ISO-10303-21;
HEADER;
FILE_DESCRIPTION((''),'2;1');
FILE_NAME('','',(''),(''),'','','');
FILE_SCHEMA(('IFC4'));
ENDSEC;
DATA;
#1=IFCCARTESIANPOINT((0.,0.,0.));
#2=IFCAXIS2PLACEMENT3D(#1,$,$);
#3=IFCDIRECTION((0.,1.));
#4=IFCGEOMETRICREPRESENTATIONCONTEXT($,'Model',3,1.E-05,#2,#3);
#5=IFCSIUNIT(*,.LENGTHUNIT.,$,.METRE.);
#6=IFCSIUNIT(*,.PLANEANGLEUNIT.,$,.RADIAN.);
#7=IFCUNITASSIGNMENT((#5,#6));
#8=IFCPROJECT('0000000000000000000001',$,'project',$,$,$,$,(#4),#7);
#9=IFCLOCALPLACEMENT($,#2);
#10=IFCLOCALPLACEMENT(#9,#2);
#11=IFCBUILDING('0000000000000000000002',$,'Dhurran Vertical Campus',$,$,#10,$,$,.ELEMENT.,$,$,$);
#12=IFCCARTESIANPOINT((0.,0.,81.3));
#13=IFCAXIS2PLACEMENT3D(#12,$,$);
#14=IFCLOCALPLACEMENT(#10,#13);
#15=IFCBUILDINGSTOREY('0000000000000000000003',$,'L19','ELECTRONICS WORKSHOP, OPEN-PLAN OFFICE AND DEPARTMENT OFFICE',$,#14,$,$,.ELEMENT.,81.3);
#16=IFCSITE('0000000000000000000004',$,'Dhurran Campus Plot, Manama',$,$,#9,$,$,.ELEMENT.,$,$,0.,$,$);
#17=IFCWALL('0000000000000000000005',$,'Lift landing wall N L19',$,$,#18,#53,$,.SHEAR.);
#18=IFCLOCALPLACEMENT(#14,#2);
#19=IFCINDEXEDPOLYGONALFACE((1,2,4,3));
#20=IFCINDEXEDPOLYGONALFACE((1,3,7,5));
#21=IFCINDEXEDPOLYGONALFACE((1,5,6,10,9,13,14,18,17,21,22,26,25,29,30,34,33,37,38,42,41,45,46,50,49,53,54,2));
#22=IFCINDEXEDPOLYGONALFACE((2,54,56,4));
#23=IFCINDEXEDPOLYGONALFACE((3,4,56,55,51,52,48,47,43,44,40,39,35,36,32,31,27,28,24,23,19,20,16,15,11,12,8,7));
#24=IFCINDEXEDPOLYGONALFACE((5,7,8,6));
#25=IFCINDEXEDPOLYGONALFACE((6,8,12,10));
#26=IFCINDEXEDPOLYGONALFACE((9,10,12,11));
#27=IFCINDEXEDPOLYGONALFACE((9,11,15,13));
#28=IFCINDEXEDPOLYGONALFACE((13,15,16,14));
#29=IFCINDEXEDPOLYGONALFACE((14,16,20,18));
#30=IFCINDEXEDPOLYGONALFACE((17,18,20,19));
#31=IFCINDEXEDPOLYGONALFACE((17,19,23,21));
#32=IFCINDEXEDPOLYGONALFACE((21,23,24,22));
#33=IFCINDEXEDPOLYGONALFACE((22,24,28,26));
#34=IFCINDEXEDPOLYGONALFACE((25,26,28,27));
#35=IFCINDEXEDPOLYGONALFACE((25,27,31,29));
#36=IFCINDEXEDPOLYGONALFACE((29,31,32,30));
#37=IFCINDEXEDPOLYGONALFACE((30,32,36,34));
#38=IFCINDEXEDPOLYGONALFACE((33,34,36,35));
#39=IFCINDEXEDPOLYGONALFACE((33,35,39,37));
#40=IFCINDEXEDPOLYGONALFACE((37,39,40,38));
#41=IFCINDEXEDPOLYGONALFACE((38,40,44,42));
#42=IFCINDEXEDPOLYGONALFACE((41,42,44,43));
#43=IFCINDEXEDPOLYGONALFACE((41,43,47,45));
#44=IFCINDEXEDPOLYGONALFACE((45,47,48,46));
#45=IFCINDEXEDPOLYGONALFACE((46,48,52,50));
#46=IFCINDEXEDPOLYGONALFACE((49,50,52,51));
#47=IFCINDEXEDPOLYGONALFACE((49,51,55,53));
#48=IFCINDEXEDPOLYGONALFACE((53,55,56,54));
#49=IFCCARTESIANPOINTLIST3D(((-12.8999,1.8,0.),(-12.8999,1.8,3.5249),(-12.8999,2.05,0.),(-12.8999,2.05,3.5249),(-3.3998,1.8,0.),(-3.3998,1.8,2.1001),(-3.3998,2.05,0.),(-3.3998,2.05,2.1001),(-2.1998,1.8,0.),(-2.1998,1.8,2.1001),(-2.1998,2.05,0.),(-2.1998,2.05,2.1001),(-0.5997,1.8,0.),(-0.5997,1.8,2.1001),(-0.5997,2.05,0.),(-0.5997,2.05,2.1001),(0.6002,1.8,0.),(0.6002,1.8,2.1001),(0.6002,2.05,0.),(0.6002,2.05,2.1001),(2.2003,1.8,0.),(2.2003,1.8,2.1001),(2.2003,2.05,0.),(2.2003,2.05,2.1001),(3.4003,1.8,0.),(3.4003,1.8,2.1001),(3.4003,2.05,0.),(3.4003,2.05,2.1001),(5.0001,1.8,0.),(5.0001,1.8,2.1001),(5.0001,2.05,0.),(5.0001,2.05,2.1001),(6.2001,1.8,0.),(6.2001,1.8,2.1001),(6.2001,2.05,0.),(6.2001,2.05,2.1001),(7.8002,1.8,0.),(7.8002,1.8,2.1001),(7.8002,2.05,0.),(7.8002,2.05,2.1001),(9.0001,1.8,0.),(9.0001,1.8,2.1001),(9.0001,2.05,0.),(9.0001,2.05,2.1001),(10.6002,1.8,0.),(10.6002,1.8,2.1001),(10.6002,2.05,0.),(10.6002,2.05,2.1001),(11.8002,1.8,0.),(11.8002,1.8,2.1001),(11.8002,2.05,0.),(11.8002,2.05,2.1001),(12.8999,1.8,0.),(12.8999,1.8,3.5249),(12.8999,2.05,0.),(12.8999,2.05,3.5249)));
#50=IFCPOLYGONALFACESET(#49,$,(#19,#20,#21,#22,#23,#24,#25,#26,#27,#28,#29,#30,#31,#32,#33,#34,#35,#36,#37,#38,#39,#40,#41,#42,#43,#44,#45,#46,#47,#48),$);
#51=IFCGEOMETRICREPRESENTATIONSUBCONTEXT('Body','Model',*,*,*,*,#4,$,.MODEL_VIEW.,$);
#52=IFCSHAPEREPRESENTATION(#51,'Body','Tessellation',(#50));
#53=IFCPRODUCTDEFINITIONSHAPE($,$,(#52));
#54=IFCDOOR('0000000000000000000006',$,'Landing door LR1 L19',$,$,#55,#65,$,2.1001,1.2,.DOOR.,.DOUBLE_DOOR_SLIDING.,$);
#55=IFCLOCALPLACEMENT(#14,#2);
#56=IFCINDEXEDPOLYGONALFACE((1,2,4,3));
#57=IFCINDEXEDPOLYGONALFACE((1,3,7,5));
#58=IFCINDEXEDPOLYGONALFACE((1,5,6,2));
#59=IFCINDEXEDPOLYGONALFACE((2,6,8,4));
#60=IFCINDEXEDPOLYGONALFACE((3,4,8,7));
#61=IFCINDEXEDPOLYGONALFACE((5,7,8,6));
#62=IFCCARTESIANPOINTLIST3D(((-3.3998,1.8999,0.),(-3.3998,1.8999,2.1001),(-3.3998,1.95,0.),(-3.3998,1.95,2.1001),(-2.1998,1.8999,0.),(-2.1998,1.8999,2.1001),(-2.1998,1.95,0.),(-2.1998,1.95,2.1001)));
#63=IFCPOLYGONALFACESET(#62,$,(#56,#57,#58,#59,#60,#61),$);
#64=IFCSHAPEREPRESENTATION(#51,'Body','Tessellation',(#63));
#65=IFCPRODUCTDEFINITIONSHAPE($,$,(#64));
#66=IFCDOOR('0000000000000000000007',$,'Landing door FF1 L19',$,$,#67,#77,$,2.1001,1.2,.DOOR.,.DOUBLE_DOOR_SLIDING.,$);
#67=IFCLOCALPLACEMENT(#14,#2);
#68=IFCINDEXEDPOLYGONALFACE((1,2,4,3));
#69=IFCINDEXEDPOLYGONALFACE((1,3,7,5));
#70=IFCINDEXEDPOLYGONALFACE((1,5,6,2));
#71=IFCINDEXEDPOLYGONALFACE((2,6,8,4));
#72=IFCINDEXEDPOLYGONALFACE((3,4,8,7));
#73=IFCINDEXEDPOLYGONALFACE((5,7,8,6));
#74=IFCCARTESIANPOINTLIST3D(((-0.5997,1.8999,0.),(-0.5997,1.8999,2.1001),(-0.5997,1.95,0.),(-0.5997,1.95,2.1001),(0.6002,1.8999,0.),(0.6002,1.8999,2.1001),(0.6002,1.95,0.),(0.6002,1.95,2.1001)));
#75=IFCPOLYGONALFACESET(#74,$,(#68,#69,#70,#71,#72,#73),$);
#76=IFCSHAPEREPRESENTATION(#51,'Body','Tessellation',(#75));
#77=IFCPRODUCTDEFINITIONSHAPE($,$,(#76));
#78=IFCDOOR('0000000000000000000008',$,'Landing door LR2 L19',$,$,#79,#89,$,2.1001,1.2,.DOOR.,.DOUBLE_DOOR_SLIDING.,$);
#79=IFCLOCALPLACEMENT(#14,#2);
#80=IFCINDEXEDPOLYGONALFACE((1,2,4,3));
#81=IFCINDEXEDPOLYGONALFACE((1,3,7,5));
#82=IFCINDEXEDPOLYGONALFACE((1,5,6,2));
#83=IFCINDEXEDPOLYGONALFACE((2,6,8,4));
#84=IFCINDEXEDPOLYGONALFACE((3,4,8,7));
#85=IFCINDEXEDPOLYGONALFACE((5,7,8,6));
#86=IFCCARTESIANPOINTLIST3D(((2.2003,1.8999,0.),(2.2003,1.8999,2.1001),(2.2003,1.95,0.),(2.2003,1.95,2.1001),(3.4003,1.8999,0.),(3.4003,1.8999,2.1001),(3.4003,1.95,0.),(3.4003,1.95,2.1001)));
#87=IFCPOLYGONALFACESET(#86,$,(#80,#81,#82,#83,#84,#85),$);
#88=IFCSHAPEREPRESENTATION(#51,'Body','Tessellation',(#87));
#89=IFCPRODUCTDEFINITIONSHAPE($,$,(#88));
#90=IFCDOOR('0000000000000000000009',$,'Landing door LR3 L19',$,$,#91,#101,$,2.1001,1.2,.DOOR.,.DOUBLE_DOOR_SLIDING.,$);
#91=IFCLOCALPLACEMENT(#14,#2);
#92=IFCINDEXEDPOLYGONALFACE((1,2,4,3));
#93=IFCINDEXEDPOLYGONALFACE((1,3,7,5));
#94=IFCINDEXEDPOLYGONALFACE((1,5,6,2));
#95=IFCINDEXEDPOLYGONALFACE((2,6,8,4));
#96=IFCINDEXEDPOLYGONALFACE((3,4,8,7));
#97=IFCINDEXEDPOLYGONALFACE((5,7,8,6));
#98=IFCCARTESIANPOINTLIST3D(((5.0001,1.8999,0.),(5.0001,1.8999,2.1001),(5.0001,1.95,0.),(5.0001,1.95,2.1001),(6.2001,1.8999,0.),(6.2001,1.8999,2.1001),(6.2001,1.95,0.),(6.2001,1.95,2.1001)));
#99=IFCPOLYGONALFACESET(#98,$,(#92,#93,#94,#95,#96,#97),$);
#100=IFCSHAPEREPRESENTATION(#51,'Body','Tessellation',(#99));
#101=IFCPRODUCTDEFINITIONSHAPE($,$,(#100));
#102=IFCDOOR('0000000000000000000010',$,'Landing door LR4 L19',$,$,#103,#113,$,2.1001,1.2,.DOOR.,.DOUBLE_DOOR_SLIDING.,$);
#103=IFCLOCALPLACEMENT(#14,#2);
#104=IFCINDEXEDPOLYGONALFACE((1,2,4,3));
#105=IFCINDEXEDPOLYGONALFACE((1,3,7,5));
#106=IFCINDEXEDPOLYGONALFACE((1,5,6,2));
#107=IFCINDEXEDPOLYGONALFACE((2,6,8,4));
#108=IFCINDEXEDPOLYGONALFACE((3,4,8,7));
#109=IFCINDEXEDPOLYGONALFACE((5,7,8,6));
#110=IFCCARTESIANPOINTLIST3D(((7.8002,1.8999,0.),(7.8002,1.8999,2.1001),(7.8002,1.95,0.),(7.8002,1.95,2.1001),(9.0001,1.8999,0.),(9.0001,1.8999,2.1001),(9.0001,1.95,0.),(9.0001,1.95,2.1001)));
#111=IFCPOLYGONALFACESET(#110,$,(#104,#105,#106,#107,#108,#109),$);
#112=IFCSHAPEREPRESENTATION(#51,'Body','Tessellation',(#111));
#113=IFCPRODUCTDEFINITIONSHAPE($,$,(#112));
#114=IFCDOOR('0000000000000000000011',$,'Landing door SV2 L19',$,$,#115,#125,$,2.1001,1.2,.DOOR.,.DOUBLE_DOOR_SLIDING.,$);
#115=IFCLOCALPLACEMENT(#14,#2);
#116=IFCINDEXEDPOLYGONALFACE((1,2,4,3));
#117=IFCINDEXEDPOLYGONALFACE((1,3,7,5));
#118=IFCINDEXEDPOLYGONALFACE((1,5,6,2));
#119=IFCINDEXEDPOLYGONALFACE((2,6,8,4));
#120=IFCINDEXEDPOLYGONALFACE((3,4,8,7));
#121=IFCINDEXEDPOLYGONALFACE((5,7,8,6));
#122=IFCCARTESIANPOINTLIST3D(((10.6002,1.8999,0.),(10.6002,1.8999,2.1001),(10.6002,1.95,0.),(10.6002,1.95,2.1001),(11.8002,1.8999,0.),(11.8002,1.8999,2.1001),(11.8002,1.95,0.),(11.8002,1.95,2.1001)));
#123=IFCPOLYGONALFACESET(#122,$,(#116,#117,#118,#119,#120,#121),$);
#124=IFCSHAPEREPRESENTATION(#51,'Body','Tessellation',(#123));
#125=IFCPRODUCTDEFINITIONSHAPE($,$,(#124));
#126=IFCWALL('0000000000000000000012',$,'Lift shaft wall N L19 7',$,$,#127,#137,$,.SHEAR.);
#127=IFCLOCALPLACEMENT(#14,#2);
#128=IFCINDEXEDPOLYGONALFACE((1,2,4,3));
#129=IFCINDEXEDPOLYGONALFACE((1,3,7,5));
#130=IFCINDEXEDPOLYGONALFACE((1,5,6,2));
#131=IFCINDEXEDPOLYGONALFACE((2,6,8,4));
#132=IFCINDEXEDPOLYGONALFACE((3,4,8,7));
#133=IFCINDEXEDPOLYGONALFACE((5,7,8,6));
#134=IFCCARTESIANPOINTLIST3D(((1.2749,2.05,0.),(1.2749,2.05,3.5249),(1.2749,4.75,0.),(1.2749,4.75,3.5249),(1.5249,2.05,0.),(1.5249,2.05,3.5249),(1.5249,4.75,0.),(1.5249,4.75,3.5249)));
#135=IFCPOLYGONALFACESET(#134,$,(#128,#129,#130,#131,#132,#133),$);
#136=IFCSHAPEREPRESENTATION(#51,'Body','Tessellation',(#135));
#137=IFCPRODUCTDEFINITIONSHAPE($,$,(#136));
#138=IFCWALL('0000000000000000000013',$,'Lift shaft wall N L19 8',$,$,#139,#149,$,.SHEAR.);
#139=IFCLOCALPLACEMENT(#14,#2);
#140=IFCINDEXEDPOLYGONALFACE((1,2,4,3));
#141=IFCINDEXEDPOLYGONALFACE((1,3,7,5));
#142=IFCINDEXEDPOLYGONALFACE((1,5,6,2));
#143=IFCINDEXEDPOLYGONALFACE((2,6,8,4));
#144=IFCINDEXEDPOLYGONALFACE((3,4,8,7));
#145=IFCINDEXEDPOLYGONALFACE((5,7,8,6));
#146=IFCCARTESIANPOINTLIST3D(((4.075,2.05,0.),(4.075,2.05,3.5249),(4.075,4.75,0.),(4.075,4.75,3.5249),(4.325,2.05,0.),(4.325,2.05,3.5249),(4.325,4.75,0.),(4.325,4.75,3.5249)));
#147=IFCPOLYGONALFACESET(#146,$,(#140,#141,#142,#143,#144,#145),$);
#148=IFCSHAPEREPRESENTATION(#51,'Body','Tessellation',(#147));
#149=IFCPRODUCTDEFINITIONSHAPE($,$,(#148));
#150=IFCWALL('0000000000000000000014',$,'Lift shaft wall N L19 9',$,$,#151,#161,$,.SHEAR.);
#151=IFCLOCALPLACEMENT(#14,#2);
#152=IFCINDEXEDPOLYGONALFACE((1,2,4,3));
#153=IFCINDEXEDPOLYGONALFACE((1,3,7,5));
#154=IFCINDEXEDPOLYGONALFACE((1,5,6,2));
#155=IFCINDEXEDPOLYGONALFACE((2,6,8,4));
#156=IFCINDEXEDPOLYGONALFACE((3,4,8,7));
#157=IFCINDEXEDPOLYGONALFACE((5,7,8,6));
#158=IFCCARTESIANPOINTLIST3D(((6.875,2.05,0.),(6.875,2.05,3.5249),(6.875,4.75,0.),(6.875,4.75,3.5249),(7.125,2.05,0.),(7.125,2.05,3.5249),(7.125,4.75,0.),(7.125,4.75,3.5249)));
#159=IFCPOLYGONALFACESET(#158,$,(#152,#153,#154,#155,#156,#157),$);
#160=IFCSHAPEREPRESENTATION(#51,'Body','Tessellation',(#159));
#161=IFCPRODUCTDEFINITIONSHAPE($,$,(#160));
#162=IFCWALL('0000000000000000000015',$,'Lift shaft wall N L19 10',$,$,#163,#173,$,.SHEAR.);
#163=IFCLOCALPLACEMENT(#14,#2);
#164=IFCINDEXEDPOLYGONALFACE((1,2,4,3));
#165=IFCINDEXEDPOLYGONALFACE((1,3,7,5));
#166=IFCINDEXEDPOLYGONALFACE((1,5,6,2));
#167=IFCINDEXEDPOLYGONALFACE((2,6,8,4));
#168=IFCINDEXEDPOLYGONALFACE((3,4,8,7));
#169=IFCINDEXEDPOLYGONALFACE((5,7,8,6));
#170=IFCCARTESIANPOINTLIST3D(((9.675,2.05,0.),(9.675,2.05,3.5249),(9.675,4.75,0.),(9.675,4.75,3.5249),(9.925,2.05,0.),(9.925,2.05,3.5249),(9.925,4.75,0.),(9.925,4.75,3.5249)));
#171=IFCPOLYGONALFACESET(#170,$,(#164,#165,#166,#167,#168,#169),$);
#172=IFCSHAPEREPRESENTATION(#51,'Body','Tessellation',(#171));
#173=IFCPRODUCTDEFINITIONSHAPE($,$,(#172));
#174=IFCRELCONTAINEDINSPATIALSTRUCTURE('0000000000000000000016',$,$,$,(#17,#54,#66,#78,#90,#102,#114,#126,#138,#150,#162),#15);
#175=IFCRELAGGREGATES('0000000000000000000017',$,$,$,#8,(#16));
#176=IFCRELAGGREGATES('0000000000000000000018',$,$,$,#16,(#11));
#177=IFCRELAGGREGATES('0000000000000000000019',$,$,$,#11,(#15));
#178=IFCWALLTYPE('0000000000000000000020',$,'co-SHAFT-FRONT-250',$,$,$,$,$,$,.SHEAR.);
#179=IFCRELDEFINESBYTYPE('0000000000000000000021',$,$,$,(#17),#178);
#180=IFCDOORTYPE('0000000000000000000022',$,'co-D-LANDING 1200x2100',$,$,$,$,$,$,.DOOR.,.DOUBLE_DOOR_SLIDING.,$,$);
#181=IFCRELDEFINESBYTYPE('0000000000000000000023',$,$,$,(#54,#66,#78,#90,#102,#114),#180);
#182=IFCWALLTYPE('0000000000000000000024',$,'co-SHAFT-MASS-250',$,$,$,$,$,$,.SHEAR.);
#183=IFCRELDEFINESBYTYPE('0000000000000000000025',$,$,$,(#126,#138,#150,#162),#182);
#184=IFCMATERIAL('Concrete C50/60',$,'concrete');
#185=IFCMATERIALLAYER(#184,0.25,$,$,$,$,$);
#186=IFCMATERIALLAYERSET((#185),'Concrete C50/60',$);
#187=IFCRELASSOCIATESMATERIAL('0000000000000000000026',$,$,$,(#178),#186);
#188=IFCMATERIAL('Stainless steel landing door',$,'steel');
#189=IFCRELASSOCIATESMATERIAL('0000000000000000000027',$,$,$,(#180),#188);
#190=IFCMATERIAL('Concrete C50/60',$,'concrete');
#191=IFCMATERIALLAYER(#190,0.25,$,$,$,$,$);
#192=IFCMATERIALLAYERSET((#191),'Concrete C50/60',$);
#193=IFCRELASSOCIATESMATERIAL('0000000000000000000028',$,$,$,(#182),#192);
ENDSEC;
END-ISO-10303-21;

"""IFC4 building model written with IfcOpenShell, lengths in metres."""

from ifc_helpers import new_model, si_unit, direction, frame, frame_2d, origin, place, context, subcontext, project, spatial, polyline, rectangle, outline, extrude, material, layer, layer_set, type_object, element, fill, save


model = new_model("IFC4")

# Units and contexts
model_context = context("Model", 3, precision=1e-05, world=origin(), true_north=direction((0.0, 1.0)))
body_context = subcontext(model_context, "Body", "Model", "MODEL_VIEW")
ifc_project = project(units=[si_unit("LENGTHUNIT", "METRE"), si_unit("PLANEANGLEUNIT", "RADIAN")], contexts=[model_context])

# Site, building, storey
site_placement = place(None, origin())
site = spatial("IfcSite", under=ifc_project, at=site_placement, Name="Dhurran Campus Plot, Manama", CompositionType="ELEMENT", RefElevation=0.0)
building_placement = place(site_placement, origin())
building = spatial("IfcBuilding", under=site, at=building_placement, Name="Dhurran Vertical Campus", CompositionType="ELEMENT")
storey_placement = place(building_placement, frame((0.0, 0.0, 81.3)))
storey = spatial("IfcBuildingStorey", under=building, at=storey_placement, Name="L19", Description="ELECTRONICS WORKSHOP, OPEN-PLAN OFFICE AND DEPARTMENT OFFICE", CompositionType="ELEMENT", Elevation=81.3)

# Wall, openings, doors
ifc_material_1 = material(Name="Concrete C50/60", Category="concrete")
ifc_layer_1 = layer(ifc_material_1, 0.25)
ifc_layer_set_1 = layer_set([ifc_layer_1], Name="Concrete C50/60")
wall_type_1 = type_object("IfcWallType", Name="co-SHAFT-FRONT-250", PredefinedType="SHEAR", material=ifc_layer_set_1)
wall_1_placement = place(storey_placement, frame((-12.8999, 1.925, 0.0), z_axis=(0.0, 0.0, 1.0), x_axis=(1.0, 0.0, 0.0)))
wall_1 = element("IfcWall", 1, at=wall_1_placement, inside=storey, type_object=wall_type_1, Name="Lift landing wall N L19", PredefinedType="SHEAR", context=body_context, shape_type="SweptSolid", body=[
    extrude(rectangle(XDim=25.7998, YDim=0.25, at=frame_2d((12.8999, 0.0))), origin(), (0.0, 0.0, 1.0), 3.5249),
])
opening_1_placement = place(wall_1_placement, frame((9.5, 0.0, 0.0)))
opening_1 = element("IfcOpeningElement", 2, at=opening_1_placement, cuts=wall_1, PredefinedType="OPENING", context=body_context, shape_type="SweptSolid", body=[
    extrude(rectangle(XDim=1.2, YDim=2.1001, at=frame_2d((0.6001, 1.05))), frame((0.0, 0.135, 0.0), z_axis=(0.0, -1.0, 0.0), x_axis=(1.0, 0.0, 0.0)), (0.0, 0.0, 1.0), 0.27),
])
opening_2_placement = place(wall_1_placement, frame((12.3, 0.0, 0.0)))
opening_2 = element("IfcOpeningElement", 3, at=opening_2_placement, cuts=wall_1, PredefinedType="OPENING", context=body_context, shape_type="SweptSolid", body=[
    extrude(rectangle(XDim=1.2, YDim=2.1001, at=frame_2d((0.6001, 1.05))), frame((0.0, 0.135, 0.0), z_axis=(0.0, -1.0, 0.0), x_axis=(1.0, 0.0, 0.0)), (0.0, 0.0, 1.0), 0.27),
])
opening_3_placement = place(wall_1_placement, frame((15.1001, 0.0, 0.0)))
opening_3 = element("IfcOpeningElement", 4, at=opening_3_placement, cuts=wall_1, PredefinedType="OPENING", context=body_context, shape_type="SweptSolid", body=[
    extrude(rectangle(XDim=1.2, YDim=2.1001, at=frame_2d((0.6001, 1.05))), frame((0.0, 0.135, 0.0), z_axis=(0.0, -1.0, 0.0), x_axis=(1.0, 0.0, 0.0)), (0.0, 0.0, 1.0), 0.27),
])
opening_4_placement = place(wall_1_placement, frame((17.8999, 0.0, 0.0)))
opening_4 = element("IfcOpeningElement", 5, at=opening_4_placement, cuts=wall_1, PredefinedType="OPENING", context=body_context, shape_type="SweptSolid", body=[
    extrude(rectangle(XDim=1.2, YDim=2.1001, at=frame_2d((0.6001, 1.05))), frame((0.0, 0.135, 0.0), z_axis=(0.0, -1.0, 0.0), x_axis=(1.0, 0.0, 0.0)), (0.0, 0.0, 1.0), 0.27),
])
opening_5_placement = place(wall_1_placement, frame((20.7, 0.0, 0.0)))
opening_5 = element("IfcOpeningElement", 6, at=opening_5_placement, cuts=wall_1, PredefinedType="OPENING", context=body_context, shape_type="SweptSolid", body=[
    extrude(rectangle(XDim=1.2, YDim=2.1001, at=frame_2d((0.6001, 1.05))), frame((0.0, 0.135, 0.0), z_axis=(0.0, -1.0, 0.0), x_axis=(1.0, 0.0, 0.0)), (0.0, 0.0, 1.0), 0.27),
])
opening_6_placement = place(wall_1_placement, frame((23.5, 0.0, 0.0)))
opening_6 = element("IfcOpeningElement", 7, at=opening_6_placement, cuts=wall_1, PredefinedType="OPENING", context=body_context, shape_type="SweptSolid", body=[
    extrude(rectangle(XDim=1.2, YDim=2.1001, at=frame_2d((0.6001, 1.05))), frame((0.0, 0.135, 0.0), z_axis=(0.0, -1.0, 0.0), x_axis=(1.0, 0.0, 0.0)), (0.0, 0.0, 1.0), 0.27),
])
ifc_material_2 = material(Name="Stainless steel landing door", Category="steel")
door_type_1 = type_object("IfcDoorType", Name="co-D-LANDING 1200x2100", OperationType="DOUBLE_DOOR_SLIDING", PredefinedType="DOOR", material=ifc_material_2)
door_1_placement = place(opening_1_placement, origin())
door_1 = element("IfcDoor", 8, at=door_1_placement, inside=storey, type_object=door_type_1, Name="Landing door LR1 L19", OperationType="DOUBLE_DOOR_SLIDING", OverallHeight=2.1001, OverallWidth=1.2, PredefinedType="DOOR", context=body_context, shape_type="SweptSolid", body=[
    extrude(rectangle(XDim=1.2, YDim=2.1001, at=frame_2d((0.6001, 1.05))), frame((0.0, 0.0249, 0.0), z_axis=(0.0, -1.0, 0.0), x_axis=(1.0, 0.0, 0.0)), (0.0, 0.0, 1.0), 0.05),
])
fill(opening_1, door_1)
door_2_placement = place(opening_2_placement, origin())
door_2 = element("IfcDoor", 9, at=door_2_placement, inside=storey, type_object=door_type_1, Name="Landing door FF1 L19", OperationType="DOUBLE_DOOR_SLIDING", OverallHeight=2.1001, OverallWidth=1.2, PredefinedType="DOOR", context=body_context, shape_type="SweptSolid", body=[
    extrude(rectangle(XDim=1.2, YDim=2.1001, at=frame_2d((0.6001, 1.05))), frame((0.0, 0.0249, 0.0), z_axis=(0.0, -1.0, 0.0), x_axis=(1.0, 0.0, 0.0)), (0.0, 0.0, 1.0), 0.05),
])
fill(opening_2, door_2)
door_3_placement = place(opening_3_placement, origin())
door_3 = element("IfcDoor", 10, at=door_3_placement, inside=storey, type_object=door_type_1, Name="Landing door LR2 L19", OperationType="DOUBLE_DOOR_SLIDING", OverallHeight=2.1001, OverallWidth=1.2, PredefinedType="DOOR", context=body_context, shape_type="SweptSolid", body=[
    extrude(rectangle(XDim=1.2, YDim=2.1001, at=frame_2d((0.6001, 1.05))), frame((0.0, 0.0249, 0.0), z_axis=(0.0, -1.0, 0.0), x_axis=(1.0, 0.0, 0.0)), (0.0, 0.0, 1.0), 0.05),
])
fill(opening_3, door_3)
door_4_placement = place(opening_4_placement, origin())
door_4 = element("IfcDoor", 11, at=door_4_placement, inside=storey, type_object=door_type_1, Name="Landing door LR3 L19", OperationType="DOUBLE_DOOR_SLIDING", OverallHeight=2.1001, OverallWidth=1.2, PredefinedType="DOOR", context=body_context, shape_type="SweptSolid", body=[
    extrude(rectangle(XDim=1.2, YDim=2.1001, at=frame_2d((0.6001, 1.05))), frame((0.0, 0.0249, 0.0), z_axis=(0.0, -1.0, 0.0), x_axis=(1.0, 0.0, 0.0)), (0.0, 0.0, 1.0), 0.05),
])
fill(opening_4, door_4)
door_5_placement = place(opening_5_placement, origin())
door_5 = element("IfcDoor", 12, at=door_5_placement, inside=storey, type_object=door_type_1, Name="Landing door LR4 L19", OperationType="DOUBLE_DOOR_SLIDING", OverallHeight=2.1001, OverallWidth=1.2, PredefinedType="DOOR", context=body_context, shape_type="SweptSolid", body=[
    extrude(rectangle(XDim=1.2, YDim=2.1001, at=frame_2d((0.6001, 1.05))), frame((0.0, 0.0249, 0.0), z_axis=(0.0, -1.0, 0.0), x_axis=(1.0, 0.0, 0.0)), (0.0, 0.0, 1.0), 0.05),
])
fill(opening_5, door_5)
door_6_placement = place(opening_6_placement, origin())
door_6 = element("IfcDoor", 13, at=door_6_placement, inside=storey, type_object=door_type_1, Name="Landing door SV2 L19", OperationType="DOUBLE_DOOR_SLIDING", OverallHeight=2.1001, OverallWidth=1.2, PredefinedType="DOOR", context=body_context, shape_type="SweptSolid", body=[
    extrude(rectangle(XDim=1.2, YDim=2.1001, at=frame_2d((0.6001, 1.05))), frame((0.0, 0.0249, 0.0), z_axis=(0.0, -1.0, 0.0), x_axis=(1.0, 0.0, 0.0)), (0.0, 0.0, 1.0), 0.05),
])
fill(opening_6, door_6)

# Walls
ifc_material_3 = material(Name="Concrete C50/60", Category="concrete")
ifc_layer_2 = layer(ifc_material_3, 0.25)
ifc_layer_set_2 = layer_set([ifc_layer_2], Name="Concrete C50/60")
wall_type_2 = type_object("IfcWallType", Name="co-SHAFT-MASS-250", PredefinedType="SHEAR", material=ifc_layer_set_2)
wall_2_placement = place(storey_placement, origin())
element("IfcWall", 14, at=wall_2_placement, inside=storey, type_object=wall_type_2, Name="Lift shaft wall N L19 7", PredefinedType="SHEAR", context=body_context, shape_type="SweptSolid", body=[
    extrude(outline(polyline([(1.2749, 2.05), (1.5249, 2.05), (1.5249, 4.75), (1.2749, 4.75), (1.2749, 2.05)])), origin(), (0.0, 0.0, 1.0), 3.5249),
])
wall_3_placement = place(storey_placement, origin())
element("IfcWall", 15, at=wall_3_placement, inside=storey, type_object=wall_type_2, Name="Lift shaft wall N L19 8", PredefinedType="SHEAR", context=body_context, shape_type="SweptSolid", body=[
    extrude(outline(polyline([(4.075, 2.05), (4.325, 2.05), (4.325, 4.75), (4.075, 4.75), (4.075, 2.05)])), origin(), (0.0, 0.0, 1.0), 3.5249),
])
wall_4_placement = place(storey_placement, origin())
element("IfcWall", 16, at=wall_4_placement, inside=storey, type_object=wall_type_2, Name="Lift shaft wall N L19 9", PredefinedType="SHEAR", context=body_context, shape_type="SweptSolid", body=[
    extrude(outline(polyline([(6.875, 2.05), (7.125, 2.05), (7.125, 4.75), (6.875, 4.75), (6.875, 2.05)])), origin(), (0.0, 0.0, 1.0), 3.5249),
])
wall_5_placement = place(storey_placement, origin())
element("IfcWall", 17, at=wall_5_placement, inside=storey, type_object=wall_type_2, Name="Lift shaft wall N L19 10", PredefinedType="SHEAR", context=body_context, shape_type="SweptSolid", body=[
    extrude(outline(polyline([(9.675, 2.05), (9.925, 2.05), (9.925, 4.75), (9.675, 4.75), (9.675, 2.05)])), origin(), (0.0, 0.0, 1.0), 3.5249),
])

save(model, "model.ifc")
